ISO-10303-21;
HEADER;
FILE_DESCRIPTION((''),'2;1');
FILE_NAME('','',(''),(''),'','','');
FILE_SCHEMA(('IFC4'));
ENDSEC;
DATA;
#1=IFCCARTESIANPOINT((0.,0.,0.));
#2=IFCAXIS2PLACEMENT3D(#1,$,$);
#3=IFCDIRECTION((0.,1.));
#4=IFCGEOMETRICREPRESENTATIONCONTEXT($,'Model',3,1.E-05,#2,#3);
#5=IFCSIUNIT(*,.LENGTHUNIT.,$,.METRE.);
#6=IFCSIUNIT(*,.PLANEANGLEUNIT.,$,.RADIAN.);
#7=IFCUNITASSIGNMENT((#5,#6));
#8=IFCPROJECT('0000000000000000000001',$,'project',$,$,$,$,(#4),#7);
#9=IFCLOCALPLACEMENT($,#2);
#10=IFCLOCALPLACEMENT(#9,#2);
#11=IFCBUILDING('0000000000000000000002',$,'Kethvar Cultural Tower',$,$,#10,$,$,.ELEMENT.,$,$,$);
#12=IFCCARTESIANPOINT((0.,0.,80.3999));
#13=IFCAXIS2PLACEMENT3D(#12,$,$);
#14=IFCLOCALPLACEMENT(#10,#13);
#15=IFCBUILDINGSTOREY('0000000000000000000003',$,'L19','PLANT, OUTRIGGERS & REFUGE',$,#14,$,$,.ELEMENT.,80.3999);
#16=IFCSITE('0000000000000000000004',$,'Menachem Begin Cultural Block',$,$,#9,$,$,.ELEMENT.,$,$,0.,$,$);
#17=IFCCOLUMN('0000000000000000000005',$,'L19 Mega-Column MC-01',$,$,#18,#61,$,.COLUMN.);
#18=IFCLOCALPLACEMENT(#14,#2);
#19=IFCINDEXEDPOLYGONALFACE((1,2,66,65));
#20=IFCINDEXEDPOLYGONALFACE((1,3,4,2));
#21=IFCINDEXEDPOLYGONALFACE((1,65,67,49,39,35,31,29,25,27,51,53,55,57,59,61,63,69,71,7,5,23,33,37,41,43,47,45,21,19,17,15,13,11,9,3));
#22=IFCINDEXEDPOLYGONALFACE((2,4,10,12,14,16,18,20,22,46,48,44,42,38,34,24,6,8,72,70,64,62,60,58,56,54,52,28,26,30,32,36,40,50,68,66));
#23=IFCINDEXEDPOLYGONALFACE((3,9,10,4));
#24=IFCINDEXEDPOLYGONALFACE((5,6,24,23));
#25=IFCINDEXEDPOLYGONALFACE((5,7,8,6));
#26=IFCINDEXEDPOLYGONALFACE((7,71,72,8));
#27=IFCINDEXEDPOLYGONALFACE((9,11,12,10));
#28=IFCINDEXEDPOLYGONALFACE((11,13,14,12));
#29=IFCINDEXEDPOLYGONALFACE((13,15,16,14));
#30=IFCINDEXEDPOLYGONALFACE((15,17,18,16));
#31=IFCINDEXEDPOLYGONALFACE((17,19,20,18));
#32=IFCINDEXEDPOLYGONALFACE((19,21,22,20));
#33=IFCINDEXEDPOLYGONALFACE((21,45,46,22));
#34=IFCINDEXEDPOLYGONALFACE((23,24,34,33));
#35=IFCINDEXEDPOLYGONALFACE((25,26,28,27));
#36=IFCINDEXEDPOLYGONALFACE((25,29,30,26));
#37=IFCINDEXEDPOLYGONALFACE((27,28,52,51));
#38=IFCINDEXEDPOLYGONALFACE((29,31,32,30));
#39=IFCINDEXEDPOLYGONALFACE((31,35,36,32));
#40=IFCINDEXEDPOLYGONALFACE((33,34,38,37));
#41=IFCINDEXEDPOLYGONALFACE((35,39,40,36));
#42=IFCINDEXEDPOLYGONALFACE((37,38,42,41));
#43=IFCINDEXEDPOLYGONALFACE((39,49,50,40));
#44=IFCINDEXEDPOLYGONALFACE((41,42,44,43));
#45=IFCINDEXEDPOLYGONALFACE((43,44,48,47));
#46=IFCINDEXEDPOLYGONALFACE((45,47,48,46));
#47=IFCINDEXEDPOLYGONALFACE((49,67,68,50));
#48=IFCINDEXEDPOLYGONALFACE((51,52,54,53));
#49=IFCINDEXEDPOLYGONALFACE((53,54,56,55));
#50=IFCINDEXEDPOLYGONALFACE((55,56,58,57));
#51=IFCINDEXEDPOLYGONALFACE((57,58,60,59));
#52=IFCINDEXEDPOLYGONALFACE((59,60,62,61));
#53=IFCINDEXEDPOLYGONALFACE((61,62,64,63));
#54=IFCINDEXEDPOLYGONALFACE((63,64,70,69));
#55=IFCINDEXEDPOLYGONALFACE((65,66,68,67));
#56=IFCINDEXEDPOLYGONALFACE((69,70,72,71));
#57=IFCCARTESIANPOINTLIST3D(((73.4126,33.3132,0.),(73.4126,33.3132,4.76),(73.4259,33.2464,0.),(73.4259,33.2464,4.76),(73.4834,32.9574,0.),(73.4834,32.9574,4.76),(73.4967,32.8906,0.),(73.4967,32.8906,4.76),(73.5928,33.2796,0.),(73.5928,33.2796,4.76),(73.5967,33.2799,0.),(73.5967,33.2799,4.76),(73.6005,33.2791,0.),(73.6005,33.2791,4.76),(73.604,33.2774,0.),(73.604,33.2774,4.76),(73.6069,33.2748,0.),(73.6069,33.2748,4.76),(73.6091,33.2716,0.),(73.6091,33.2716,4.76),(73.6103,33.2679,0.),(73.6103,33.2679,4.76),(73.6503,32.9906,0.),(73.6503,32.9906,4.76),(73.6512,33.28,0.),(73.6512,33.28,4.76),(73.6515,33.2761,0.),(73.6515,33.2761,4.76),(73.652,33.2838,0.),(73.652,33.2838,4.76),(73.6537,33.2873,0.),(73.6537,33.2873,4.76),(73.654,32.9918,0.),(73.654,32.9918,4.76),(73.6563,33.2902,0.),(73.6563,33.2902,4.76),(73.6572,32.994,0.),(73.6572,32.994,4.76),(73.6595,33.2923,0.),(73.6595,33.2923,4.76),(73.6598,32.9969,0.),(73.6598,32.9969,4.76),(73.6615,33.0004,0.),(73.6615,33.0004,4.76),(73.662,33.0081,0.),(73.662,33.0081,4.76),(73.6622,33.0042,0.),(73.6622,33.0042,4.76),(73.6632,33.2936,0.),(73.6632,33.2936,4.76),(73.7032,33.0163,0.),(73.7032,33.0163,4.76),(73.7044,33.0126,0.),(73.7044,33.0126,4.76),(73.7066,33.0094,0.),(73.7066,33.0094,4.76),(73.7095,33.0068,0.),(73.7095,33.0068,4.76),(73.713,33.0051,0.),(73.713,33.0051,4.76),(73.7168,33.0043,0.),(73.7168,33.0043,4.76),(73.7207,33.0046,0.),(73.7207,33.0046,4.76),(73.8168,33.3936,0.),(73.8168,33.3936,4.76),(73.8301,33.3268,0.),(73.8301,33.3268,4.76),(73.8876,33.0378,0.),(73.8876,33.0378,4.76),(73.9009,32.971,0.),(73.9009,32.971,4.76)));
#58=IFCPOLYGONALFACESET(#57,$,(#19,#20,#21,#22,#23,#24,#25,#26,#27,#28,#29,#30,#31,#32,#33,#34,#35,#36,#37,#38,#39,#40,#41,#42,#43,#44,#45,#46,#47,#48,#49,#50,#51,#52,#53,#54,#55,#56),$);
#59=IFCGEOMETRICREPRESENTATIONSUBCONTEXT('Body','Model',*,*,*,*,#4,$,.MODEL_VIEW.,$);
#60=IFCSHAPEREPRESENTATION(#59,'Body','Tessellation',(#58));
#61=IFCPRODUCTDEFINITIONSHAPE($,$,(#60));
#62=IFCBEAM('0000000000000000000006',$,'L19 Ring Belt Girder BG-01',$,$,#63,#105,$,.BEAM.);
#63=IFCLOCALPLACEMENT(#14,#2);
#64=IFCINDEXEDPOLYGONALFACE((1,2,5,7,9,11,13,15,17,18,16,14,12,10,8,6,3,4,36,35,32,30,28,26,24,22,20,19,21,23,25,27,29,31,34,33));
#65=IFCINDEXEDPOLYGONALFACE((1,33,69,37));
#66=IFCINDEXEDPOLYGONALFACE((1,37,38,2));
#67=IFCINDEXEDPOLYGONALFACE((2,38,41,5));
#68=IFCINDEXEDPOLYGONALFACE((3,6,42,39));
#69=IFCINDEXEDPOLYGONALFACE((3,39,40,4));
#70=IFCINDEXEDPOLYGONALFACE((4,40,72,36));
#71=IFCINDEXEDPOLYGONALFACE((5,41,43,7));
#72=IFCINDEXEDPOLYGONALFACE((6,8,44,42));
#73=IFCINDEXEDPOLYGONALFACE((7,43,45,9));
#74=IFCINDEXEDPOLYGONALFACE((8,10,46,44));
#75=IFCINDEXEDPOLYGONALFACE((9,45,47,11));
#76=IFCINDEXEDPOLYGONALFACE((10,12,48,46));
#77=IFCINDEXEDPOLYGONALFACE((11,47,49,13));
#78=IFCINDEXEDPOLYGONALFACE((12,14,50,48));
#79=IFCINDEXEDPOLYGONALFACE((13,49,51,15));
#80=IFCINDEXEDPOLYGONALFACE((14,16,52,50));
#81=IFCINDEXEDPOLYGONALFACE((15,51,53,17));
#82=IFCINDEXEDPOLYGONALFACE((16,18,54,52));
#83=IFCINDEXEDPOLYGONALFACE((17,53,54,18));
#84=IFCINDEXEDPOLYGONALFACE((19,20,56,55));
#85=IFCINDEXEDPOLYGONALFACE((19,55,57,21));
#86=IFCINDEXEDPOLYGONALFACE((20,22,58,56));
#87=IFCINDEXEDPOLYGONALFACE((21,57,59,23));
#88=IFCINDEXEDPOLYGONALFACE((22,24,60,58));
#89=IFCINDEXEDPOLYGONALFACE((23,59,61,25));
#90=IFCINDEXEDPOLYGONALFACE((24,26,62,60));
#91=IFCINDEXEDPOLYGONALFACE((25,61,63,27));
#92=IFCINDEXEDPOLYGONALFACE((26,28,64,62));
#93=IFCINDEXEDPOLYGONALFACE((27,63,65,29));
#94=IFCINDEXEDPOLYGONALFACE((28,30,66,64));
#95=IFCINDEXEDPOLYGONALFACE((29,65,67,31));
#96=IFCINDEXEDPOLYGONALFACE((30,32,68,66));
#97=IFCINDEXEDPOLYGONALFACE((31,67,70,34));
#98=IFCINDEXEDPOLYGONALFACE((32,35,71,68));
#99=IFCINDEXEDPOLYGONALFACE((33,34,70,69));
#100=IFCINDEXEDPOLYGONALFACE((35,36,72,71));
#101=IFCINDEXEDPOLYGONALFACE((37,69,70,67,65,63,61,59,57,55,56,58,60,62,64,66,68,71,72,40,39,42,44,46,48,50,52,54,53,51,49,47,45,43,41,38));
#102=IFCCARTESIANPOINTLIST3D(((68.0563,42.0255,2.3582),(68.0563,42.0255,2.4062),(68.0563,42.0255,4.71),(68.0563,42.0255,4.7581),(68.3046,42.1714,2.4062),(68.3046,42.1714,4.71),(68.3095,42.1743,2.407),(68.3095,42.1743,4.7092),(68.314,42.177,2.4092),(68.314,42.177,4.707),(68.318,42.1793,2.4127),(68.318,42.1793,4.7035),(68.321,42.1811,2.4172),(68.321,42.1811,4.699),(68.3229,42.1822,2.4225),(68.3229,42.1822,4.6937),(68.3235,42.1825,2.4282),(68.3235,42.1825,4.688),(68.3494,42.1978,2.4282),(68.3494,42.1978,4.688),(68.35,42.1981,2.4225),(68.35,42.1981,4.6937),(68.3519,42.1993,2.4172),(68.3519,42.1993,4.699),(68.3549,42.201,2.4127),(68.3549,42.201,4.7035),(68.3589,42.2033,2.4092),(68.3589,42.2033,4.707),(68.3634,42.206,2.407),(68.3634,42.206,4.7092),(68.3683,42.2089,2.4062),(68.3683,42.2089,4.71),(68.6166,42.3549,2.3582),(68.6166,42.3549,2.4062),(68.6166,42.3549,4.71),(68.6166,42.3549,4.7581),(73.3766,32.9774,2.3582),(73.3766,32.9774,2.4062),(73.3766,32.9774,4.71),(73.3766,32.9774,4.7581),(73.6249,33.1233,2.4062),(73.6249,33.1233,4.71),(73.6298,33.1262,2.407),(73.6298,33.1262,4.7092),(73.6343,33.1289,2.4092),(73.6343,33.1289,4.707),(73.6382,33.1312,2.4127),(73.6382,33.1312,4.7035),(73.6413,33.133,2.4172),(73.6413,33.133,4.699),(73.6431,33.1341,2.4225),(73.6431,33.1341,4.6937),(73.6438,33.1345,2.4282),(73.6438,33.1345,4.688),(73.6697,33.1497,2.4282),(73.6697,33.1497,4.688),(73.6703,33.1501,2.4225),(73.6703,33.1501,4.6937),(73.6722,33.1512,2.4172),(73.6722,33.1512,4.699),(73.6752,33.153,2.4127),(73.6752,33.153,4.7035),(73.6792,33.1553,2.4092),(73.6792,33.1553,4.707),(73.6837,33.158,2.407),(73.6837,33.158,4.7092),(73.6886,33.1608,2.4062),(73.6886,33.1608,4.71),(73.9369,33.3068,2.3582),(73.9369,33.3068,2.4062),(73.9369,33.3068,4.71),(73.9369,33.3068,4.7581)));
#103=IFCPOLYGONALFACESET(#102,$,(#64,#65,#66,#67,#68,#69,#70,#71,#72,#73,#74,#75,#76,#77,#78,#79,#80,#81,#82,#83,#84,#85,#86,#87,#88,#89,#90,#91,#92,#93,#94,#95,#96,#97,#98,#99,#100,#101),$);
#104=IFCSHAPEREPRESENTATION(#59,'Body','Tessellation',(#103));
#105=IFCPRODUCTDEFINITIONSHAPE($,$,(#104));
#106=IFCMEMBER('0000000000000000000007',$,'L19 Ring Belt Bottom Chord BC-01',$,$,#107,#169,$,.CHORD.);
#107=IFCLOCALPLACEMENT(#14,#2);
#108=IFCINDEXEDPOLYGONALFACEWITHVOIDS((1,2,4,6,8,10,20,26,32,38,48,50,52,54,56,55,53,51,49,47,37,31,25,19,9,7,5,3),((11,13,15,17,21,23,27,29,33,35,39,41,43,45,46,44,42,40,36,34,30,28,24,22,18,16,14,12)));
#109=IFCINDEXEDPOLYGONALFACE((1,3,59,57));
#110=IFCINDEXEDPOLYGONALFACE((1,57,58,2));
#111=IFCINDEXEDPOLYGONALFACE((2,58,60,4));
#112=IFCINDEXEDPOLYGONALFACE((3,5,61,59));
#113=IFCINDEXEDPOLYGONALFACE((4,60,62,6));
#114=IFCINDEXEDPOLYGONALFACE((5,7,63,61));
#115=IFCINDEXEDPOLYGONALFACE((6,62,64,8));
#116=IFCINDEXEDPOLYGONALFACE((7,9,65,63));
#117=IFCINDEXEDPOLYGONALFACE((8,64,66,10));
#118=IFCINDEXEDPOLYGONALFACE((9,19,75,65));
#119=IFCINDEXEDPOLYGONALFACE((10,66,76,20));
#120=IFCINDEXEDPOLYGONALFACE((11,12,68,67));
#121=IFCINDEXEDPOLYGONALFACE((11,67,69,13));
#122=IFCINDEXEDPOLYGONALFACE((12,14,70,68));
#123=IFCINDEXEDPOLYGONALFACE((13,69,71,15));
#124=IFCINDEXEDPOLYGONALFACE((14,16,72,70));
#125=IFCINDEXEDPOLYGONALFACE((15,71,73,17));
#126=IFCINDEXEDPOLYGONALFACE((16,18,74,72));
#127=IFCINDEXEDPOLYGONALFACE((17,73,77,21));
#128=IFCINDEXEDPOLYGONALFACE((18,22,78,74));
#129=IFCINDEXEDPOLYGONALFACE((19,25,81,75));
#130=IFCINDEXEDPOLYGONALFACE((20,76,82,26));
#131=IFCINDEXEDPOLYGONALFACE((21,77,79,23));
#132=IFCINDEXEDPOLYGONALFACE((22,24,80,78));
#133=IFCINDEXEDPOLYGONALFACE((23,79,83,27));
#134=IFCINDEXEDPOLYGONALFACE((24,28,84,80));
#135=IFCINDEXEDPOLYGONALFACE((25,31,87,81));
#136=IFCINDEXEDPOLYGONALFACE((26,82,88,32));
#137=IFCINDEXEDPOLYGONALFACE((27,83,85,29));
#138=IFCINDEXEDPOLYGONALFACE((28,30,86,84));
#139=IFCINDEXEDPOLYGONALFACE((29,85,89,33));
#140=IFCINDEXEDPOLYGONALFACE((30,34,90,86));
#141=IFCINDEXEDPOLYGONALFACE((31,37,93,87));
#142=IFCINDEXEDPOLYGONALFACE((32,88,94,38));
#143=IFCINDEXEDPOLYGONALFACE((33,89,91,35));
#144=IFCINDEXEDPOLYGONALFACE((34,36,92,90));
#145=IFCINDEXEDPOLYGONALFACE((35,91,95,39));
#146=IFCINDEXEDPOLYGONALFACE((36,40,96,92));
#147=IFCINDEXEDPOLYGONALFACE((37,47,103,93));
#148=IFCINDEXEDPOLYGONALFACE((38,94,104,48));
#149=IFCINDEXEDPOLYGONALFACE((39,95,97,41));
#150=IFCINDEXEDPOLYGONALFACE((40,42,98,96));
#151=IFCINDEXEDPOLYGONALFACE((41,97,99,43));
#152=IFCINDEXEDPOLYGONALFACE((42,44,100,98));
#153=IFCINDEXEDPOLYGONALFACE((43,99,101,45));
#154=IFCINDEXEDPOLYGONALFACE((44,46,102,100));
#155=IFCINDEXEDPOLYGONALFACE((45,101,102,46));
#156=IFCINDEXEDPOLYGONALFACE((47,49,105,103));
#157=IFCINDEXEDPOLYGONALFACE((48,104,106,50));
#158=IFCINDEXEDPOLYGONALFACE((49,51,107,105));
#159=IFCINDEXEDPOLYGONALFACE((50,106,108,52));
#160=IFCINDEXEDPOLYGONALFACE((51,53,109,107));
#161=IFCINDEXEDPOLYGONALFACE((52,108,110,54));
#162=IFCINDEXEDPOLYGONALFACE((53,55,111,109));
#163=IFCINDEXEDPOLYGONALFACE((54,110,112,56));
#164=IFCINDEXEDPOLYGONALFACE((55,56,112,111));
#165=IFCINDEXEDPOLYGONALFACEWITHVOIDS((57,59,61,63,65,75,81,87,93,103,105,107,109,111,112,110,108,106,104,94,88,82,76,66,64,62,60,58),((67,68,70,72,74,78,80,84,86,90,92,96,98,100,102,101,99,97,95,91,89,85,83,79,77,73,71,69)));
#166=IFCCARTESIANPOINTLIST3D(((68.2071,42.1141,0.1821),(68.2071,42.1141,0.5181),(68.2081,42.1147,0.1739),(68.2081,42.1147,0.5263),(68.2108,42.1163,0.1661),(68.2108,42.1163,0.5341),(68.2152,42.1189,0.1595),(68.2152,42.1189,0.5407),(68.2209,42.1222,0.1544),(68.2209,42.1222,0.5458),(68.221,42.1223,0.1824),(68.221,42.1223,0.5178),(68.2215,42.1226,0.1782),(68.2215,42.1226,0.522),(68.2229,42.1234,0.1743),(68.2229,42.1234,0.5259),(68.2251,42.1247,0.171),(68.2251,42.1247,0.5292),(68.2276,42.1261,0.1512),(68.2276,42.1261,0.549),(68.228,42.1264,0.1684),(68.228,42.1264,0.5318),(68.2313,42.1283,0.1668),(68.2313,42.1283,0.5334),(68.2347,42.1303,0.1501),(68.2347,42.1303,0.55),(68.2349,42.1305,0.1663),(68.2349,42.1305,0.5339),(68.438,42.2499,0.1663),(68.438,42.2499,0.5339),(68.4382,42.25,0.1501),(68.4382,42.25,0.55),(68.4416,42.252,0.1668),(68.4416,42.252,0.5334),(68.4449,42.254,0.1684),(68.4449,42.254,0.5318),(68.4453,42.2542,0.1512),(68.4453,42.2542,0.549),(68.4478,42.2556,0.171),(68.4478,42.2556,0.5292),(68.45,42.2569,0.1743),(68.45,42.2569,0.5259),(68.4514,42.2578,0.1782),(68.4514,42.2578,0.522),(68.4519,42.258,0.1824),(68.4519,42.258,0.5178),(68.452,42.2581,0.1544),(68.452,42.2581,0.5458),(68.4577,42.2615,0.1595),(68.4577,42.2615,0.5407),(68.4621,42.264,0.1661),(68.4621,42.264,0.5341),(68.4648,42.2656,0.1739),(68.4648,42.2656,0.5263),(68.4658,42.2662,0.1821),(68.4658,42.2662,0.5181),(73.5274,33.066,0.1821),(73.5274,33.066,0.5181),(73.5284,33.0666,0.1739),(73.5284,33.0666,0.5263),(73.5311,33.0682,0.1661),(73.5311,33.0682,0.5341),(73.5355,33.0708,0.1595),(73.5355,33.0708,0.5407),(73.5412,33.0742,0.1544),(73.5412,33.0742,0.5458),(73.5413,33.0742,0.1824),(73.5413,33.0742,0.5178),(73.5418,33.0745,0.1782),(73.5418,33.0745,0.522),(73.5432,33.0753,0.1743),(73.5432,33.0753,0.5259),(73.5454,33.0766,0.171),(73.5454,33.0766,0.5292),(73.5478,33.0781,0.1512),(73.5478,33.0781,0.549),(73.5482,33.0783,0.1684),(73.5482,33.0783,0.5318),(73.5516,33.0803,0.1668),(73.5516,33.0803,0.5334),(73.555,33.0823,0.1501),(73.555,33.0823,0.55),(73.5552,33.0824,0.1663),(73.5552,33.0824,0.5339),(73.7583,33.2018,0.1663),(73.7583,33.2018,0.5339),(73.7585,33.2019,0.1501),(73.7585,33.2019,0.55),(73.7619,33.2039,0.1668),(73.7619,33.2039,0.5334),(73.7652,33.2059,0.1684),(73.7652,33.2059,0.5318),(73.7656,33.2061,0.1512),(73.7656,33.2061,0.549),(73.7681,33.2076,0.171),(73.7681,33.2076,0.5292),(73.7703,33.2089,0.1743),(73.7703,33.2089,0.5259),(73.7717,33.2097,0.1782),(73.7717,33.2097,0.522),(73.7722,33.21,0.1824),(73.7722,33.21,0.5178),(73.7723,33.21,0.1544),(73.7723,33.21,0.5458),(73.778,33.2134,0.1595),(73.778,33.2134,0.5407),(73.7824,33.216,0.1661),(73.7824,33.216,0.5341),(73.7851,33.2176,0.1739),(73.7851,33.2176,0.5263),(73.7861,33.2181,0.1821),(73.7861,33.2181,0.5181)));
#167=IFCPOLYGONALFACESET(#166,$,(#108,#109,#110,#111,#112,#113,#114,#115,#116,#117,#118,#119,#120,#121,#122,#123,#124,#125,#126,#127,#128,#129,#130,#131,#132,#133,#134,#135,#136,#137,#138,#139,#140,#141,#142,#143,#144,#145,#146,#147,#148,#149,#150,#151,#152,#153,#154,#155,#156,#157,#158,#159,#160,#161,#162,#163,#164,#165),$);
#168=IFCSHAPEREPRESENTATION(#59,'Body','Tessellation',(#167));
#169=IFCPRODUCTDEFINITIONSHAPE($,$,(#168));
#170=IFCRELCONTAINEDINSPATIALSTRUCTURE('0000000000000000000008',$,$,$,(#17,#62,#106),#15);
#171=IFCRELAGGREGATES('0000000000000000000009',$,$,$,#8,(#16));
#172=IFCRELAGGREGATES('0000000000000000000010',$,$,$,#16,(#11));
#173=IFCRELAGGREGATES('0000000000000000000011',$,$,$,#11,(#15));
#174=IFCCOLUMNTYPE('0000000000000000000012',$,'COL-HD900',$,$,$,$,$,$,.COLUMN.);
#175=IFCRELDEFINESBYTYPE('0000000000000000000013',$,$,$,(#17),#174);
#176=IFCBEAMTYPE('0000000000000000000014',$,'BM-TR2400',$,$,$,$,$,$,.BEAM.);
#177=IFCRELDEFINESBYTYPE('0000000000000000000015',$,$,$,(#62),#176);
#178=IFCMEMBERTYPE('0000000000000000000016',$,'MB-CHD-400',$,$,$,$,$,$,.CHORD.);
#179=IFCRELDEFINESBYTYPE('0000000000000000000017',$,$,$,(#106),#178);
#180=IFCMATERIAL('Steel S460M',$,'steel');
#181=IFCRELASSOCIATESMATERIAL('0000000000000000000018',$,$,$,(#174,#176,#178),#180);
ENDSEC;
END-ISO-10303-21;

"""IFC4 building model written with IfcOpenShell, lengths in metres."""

from ifc_helpers import new_model, si_unit, direction, frame, origin, origin_2d, place, context, subcontext, project, spatial, hollow_rectangle, i_section, extrude, source, transform, mapped, material, material_profile, profile_set, type_object, element, save


model = new_model("IFC4")

# Units and contexts
model_context = context("Model", 3, precision=1e-05, world=origin(), true_north=direction((0.0, 1.0)))
body_context = subcontext(model_context, "Body", "Model", "MODEL_VIEW")
ifc_project = project(units=[si_unit("LENGTHUNIT", "METRE"), si_unit("PLANEANGLEUNIT", "RADIAN")], contexts=[model_context])

# Site, building, storey
site_placement = place(None, origin())
site = spatial("IfcSite", under=ifc_project, at=site_placement, Name="Menachem Begin Cultural Block", CompositionType="ELEMENT", RefElevation=0.0)
building_placement = place(site_placement, origin())
building = spatial("IfcBuilding", under=site, at=building_placement, Name="Kethvar Cultural Tower", CompositionType="ELEMENT")
storey_placement = place(building_placement, frame((0.0, 0.0, 80.3999)))
storey = spatial("IfcBuildingStorey", under=building, at=storey_placement, Name="L19", Description="PLANT, OUTRIGGERS & REFUGE", CompositionType="ELEMENT", Elevation=80.3999)

# Column
ifc_material_1 = material(Name="Steel S460M", Category="steel")
ifc_material_profile_1 = material_profile(ifc_material_1, i_section(OverallWidth=0.4121, OverallDepth=0.4309, WebThickness=0.042, FlangeThickness=0.0681, FilletRadius=0.0149, at=origin_2d()), Name="Steel S460M — HD400x900")
ifc_profile_set_1 = profile_set([ifc_material_profile_1], Name="Steel S460M — HD400x900")
column_type = type_object("IfcColumnType", Name="COL-HD900", PredefinedType="COLUMN", material=ifc_profile_set_1)
shared_shape_1 = source(origin(), body_context, "Body", "SweptSolid", [
    extrude(i_section(OverallWidth=0.4121, OverallDepth=0.4309, WebThickness=0.042, FlangeThickness=0.0681, FilletRadius=0.0149, at=origin_2d()), origin(), (0.0, 0.0, 1.0), 4.76),
])
column_placement = place(storey_placement, frame((73.6567, 33.1421, 0.0), z_axis=(0.0, 0.0, 1.0), x_axis=(0.980785, 0.19509, 0.0)))
element("IfcColumn", 1, at=column_placement, inside=storey, type_object=column_type, Name="L19 Mega-Column MC-01", PredefinedType="COLUMN", context=body_context, shape_type="MappedRepresentation", body=[
    mapped(shared_shape_1, transform((0.0, 0.0, 0.0), scale=1.0)),
])

# Beam
ifc_material_profile_2 = material_profile(ifc_material_1, i_section(OverallWidth=0.6499, OverallDepth=2.3999, WebThickness=0.03, FlangeThickness=0.0481, FilletRadius=0.022, at=origin_2d()), Name="Steel S460M — PG2400x650x48x30")
ifc_profile_set_2 = profile_set([ifc_material_profile_2], Name="Steel S460M — PG2400x650x48x30")
beam_type = type_object("IfcBeamType", Name="BM-TR2400", PredefinedType="BEAM", material=ifc_profile_set_2)
shared_shape_2 = source(origin(), body_context, "Body", "SweptSolid", [
    extrude(i_section(OverallWidth=0.6499, OverallDepth=2.3999, WebThickness=0.03, FlangeThickness=0.0481, FilletRadius=0.022, at=origin_2d()), origin(), (0.0, 0.0, 1.0), 10.4963),
])
beam_placement = place(storey_placement, frame((73.6567, 33.1421, 3.5581), z_axis=(-0.506872, 0.862022, 0.0), x_axis=(-0.862022, -0.506872, 0.0)))
element("IfcBeam", 2, at=beam_placement, inside=storey, type_object=beam_type, Name="L19 Ring Belt Girder BG-01", PredefinedType="BEAM", context=body_context, shape_type="MappedRepresentation", body=[
    mapped(shared_shape_2, transform((0.0, 0.0, 0.0), scale=1.0)),
])

# Member
ifc_material_profile_3 = material_profile(ifc_material_1, hollow_rectangle(XDim=0.3, YDim=0.3999, WallThickness=0.0161, InnerFilletRadius=0.0161, OuterFilletRadius=0.032, at=origin_2d()), Name="Steel S460M — RHS400x300x16")
ifc_profile_set_3 = profile_set([ifc_material_profile_3], Name="Steel S460M — RHS400x300x16")
member_type_1 = type_object("IfcMemberType", Name="MB-CHD-400", PredefinedType="CHORD", material=ifc_profile_set_3)
shared_shape_3 = source(origin(), body_context, "Body", "SweptSolid", [
    extrude(hollow_rectangle(XDim=0.3, YDim=0.3999, WallThickness=0.0161, InnerFilletRadius=0.0161, OuterFilletRadius=0.032, at=origin_2d()), origin(), (0.0, 0.0, 1.0), 10.4963),
])
member_1_placement = place(storey_placement, frame((73.6567, 33.1421, 0.3501), z_axis=(-0.506872, 0.862022, 0.0), x_axis=(-0.862022, -0.506872, 0.0)))
element("IfcMember", 3, at=member_1_placement, inside=storey, type_object=member_type_1, Name="L19 Ring Belt Bottom Chord BC-01", PredefinedType="CHORD", context=body_context, shape_type="MappedRepresentation", body=[
    mapped(shared_shape_3, transform((0.0, 0.0, 0.0), scale=1.0)),
])

save(model, "model.ifc")
